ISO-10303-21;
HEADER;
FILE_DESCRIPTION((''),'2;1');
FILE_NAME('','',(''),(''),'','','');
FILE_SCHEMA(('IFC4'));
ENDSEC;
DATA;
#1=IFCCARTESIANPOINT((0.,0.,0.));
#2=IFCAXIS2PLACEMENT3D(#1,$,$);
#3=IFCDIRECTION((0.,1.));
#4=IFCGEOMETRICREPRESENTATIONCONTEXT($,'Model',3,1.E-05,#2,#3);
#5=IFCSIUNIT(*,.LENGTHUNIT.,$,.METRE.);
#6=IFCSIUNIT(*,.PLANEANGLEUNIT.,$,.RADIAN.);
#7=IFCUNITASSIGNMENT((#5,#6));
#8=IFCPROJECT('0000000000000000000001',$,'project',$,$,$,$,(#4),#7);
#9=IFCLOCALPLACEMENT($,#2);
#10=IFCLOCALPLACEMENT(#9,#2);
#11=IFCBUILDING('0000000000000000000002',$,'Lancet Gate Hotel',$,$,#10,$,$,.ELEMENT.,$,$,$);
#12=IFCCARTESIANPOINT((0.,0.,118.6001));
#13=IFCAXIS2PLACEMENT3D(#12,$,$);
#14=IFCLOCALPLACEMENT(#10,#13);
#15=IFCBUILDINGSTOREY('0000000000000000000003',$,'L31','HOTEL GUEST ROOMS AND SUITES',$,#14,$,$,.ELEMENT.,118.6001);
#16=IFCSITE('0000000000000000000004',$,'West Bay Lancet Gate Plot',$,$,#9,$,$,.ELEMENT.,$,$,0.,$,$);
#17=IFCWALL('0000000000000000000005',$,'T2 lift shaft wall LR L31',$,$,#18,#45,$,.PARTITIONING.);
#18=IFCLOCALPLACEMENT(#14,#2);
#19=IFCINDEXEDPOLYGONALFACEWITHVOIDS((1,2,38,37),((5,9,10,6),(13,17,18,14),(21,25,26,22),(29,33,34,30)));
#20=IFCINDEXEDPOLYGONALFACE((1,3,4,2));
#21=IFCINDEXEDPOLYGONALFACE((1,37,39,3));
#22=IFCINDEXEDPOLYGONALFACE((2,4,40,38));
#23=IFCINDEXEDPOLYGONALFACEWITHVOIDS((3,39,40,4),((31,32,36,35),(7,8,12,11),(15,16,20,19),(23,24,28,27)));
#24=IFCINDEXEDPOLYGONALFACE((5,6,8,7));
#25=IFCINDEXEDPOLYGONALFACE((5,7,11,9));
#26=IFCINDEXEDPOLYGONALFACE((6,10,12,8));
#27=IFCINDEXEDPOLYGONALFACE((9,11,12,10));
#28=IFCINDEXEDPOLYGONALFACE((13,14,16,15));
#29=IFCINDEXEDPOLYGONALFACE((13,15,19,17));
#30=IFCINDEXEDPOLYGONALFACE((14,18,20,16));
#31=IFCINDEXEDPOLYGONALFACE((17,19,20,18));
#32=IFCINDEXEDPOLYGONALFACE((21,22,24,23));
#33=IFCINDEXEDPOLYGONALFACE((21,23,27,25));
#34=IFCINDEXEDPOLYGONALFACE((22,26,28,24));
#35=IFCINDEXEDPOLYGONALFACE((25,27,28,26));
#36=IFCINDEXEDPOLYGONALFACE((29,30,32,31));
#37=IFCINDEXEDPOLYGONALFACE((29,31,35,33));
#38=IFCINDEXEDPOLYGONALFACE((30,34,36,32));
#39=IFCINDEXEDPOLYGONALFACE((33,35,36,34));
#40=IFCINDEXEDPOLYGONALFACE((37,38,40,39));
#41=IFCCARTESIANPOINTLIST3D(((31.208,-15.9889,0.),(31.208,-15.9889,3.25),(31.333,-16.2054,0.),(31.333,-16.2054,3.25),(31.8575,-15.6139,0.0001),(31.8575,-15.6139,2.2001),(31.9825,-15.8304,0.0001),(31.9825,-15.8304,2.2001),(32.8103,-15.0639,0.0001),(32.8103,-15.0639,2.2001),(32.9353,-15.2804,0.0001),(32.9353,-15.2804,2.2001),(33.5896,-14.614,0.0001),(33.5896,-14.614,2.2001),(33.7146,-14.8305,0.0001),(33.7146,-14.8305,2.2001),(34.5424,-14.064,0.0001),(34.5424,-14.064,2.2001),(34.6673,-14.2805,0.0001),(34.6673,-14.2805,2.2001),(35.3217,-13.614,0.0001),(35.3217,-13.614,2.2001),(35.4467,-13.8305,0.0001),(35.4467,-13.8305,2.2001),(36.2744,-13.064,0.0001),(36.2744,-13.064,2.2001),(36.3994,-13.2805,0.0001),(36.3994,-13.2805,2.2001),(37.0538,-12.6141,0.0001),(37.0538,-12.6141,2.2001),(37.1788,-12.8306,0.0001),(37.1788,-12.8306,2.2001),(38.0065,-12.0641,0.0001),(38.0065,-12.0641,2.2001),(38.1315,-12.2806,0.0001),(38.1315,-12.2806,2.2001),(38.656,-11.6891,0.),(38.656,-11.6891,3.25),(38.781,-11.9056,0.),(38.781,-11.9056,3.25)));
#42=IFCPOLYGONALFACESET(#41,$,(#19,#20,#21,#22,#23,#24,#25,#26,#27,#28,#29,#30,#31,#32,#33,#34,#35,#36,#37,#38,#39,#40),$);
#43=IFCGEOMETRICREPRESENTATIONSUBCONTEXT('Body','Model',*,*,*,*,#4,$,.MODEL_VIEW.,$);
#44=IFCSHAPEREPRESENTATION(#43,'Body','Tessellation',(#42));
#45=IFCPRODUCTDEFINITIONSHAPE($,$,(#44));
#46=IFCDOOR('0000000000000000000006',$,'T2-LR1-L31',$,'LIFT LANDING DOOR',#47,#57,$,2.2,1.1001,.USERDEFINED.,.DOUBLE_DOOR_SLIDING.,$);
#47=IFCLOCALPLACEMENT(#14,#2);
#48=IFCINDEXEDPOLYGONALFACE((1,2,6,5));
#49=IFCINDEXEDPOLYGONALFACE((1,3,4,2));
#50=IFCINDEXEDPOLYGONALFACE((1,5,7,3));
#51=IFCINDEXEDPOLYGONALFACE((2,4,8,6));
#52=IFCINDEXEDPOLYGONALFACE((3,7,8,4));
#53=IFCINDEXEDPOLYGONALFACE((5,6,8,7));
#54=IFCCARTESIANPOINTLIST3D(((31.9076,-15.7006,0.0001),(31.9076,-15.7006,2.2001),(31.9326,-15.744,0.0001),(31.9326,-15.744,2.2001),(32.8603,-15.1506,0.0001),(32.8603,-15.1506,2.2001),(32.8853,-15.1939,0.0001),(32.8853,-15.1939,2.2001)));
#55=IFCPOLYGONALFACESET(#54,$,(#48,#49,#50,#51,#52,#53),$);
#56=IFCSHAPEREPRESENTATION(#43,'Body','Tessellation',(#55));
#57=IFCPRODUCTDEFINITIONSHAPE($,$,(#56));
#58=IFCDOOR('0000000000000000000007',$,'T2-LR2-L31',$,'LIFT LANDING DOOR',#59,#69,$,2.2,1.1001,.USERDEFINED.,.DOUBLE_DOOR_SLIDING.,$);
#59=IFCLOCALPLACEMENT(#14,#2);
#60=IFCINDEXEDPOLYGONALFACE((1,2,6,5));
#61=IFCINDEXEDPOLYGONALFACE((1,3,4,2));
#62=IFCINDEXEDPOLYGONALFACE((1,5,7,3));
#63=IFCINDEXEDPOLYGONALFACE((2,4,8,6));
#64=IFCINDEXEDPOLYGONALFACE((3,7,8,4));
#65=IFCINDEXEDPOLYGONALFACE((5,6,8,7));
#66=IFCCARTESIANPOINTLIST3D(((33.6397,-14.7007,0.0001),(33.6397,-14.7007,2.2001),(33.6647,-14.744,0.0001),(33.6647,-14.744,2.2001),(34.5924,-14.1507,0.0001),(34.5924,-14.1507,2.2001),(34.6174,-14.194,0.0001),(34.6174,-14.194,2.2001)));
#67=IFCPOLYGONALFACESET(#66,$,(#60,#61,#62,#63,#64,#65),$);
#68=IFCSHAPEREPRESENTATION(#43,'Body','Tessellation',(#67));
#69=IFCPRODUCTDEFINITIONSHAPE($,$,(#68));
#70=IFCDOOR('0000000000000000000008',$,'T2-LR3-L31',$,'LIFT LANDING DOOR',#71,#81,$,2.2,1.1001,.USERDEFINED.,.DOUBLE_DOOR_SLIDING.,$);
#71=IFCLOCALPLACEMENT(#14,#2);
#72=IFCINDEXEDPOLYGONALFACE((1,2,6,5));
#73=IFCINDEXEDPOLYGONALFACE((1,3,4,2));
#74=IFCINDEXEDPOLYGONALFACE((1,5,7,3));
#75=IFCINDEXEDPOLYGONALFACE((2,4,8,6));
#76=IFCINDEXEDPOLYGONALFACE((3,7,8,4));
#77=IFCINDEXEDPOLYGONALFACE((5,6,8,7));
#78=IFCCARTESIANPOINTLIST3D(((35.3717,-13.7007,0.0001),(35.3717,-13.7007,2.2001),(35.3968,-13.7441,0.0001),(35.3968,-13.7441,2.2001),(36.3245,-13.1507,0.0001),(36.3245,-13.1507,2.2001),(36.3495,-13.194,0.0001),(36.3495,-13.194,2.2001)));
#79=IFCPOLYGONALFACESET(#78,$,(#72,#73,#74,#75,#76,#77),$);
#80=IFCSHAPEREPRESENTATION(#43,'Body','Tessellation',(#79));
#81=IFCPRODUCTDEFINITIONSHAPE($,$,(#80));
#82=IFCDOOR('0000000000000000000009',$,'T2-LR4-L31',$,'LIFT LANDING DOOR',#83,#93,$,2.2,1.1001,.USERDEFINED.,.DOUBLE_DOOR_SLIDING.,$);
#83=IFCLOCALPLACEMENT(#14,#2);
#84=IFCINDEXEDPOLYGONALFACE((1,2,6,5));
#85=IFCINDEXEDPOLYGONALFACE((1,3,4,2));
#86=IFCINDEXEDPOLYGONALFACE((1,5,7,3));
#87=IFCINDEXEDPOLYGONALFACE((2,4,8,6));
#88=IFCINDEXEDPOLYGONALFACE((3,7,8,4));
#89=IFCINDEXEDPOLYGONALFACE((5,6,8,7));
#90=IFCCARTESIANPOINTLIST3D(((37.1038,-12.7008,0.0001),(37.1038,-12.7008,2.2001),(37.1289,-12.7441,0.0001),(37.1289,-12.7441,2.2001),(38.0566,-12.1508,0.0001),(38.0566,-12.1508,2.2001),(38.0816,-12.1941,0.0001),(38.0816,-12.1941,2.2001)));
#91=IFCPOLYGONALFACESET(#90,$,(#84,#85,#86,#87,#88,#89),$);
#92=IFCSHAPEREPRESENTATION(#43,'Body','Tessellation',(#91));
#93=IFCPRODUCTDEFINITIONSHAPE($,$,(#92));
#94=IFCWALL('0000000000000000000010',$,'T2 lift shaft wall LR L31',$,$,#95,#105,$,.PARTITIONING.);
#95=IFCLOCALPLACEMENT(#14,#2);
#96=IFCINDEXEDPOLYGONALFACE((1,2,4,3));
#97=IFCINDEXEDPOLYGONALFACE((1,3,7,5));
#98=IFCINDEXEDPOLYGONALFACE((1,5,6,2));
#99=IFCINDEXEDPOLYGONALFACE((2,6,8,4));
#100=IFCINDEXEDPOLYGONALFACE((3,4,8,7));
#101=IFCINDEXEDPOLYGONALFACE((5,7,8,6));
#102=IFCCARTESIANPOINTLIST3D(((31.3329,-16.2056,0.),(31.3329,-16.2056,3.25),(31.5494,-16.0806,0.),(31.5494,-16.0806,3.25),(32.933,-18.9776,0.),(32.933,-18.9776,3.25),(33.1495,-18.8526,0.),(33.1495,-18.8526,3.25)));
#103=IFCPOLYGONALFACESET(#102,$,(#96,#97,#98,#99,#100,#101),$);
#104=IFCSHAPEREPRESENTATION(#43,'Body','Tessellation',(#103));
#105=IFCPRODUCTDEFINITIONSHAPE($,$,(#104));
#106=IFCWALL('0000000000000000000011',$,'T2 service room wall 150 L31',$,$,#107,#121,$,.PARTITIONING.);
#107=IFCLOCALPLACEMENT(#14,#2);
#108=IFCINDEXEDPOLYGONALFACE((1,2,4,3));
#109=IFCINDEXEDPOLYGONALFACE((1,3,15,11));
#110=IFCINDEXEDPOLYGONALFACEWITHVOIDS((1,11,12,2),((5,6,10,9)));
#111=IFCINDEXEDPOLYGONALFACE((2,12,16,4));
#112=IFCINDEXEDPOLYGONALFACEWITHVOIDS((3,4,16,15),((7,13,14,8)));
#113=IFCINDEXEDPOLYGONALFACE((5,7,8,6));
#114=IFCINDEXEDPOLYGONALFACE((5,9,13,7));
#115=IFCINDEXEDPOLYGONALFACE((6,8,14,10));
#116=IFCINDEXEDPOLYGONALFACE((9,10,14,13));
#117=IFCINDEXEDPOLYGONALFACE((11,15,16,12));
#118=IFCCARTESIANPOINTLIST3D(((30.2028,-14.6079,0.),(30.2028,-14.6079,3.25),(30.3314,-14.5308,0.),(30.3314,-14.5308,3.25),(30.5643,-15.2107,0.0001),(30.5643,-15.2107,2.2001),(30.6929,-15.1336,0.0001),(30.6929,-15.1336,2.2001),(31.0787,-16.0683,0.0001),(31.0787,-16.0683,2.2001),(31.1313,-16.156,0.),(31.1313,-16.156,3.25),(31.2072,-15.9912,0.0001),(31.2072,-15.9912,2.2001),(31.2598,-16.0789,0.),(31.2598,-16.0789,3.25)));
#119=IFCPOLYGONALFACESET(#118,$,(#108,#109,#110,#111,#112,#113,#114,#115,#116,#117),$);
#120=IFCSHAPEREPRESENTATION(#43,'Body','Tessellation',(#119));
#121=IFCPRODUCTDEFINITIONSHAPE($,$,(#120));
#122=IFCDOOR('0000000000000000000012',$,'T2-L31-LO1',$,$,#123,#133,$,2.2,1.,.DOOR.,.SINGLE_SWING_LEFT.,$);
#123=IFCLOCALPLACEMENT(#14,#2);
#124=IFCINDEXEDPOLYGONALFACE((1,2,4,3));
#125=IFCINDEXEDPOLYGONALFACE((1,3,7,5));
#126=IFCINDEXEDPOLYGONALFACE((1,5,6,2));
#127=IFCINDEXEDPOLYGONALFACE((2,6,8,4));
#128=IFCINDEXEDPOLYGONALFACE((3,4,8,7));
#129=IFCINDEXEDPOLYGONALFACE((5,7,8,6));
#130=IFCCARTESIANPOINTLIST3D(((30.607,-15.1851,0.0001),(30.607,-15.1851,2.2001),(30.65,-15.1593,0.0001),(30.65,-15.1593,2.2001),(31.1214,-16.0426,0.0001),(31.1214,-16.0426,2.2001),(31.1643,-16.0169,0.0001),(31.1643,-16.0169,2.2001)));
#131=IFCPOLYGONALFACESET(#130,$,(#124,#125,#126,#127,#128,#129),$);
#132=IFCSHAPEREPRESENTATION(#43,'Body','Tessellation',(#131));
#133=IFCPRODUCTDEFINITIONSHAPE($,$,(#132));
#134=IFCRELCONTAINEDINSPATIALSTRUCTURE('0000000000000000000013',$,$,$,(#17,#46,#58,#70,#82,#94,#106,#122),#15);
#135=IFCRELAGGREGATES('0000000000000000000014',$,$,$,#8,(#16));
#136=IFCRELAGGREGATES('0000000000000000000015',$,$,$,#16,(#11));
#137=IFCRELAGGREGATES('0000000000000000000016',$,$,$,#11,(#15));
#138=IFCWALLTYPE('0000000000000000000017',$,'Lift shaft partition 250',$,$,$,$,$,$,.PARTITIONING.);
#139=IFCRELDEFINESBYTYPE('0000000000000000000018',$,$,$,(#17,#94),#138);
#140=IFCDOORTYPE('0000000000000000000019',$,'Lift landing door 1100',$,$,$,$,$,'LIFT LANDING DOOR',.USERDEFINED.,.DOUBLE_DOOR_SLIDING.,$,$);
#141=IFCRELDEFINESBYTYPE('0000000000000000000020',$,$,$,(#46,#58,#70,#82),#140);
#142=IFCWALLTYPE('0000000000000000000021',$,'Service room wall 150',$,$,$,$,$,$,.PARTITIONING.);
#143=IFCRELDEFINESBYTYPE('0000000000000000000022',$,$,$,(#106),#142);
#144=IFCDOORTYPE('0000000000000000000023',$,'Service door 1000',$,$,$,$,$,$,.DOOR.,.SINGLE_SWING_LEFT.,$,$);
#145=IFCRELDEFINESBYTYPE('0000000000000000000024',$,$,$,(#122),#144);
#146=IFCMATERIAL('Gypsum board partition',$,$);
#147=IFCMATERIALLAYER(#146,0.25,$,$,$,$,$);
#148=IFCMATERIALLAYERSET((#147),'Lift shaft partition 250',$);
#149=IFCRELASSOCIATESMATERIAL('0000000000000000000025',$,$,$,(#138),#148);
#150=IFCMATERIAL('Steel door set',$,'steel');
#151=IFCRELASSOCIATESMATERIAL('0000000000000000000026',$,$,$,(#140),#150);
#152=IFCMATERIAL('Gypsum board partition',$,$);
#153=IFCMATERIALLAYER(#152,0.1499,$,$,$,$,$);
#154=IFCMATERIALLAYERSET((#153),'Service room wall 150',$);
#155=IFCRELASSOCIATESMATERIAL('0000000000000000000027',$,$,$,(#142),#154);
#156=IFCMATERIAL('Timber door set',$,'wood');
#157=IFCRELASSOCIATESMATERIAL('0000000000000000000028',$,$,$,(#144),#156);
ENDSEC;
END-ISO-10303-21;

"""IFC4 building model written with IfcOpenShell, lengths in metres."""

from ifc_helpers import new_model, si_unit, direction, frame, frame_2d, origin, place, context, subcontext, project, spatial, rectangle, extrude, material, layer, layer_set, type_object, element, fill, save


model = new_model("IFC4")

# Units and contexts
model_context = context("Model", 3, precision=1e-05, world=origin(), true_north=direction((0.0, 1.0)))
body_context = subcontext(model_context, "Body", "Model", "MODEL_VIEW")
ifc_project = project(units=[si_unit("LENGTHUNIT", "METRE"), si_unit("PLANEANGLEUNIT", "RADIAN")], contexts=[model_context])

# Site, building, storey
site_placement = place(None, origin())
site = spatial("IfcSite", under=ifc_project, at=site_placement, Name="West Bay Lancet Gate Plot", CompositionType="ELEMENT", RefElevation=0.0)
building_placement = place(site_placement, origin())
building = spatial("IfcBuilding", under=site, at=building_placement, Name="Lancet Gate Hotel", CompositionType="ELEMENT")
storey_placement = place(building_placement, frame((0.0, 0.0, 118.6001)))
storey = spatial("IfcBuildingStorey", under=building, at=storey_placement, Name="L31", Description="HOTEL GUEST ROOMS AND SUITES", CompositionType="ELEMENT", Elevation=118.6001)

# Wall, openings, doors
ifc_material_1 = material(Name="Gypsum board partition")
ifc_layer_1 = layer(ifc_material_1, 0.25)
ifc_layer_set_1 = layer_set([ifc_layer_1], Name="Lift shaft partition 250")
wall_type_1 = type_object("IfcWallType", Name="Lift shaft partition 250", PredefinedType="PARTITIONING", material=ifc_layer_set_1)
wall_1_placement = place(storey_placement, frame((31.2705, -16.0972, 0.0), z_axis=(0.0, 0.0, 1.0), x_axis=(0.86604, 0.499974, 0.0)))
wall_1 = element("IfcWall", 1, at=wall_1_placement, inside=storey, type_object=wall_type_1, Name="T2 lift shaft wall LR L31", PredefinedType="PARTITIONING", context=body_context, shape_type="SweptSolid", body=[
    extrude(rectangle(XDim=8.6001, YDim=0.25, at=frame_2d((4.3, 0.0))), origin(), (0.0, 0.0, 1.0), 3.25),
])
opening_1_placement = place(wall_1_placement, frame((0.75, 0.0, 0.0)))
opening_1 = element("IfcOpeningElement", 2, at=opening_1_placement, cuts=wall_1, PredefinedType="OPENING", context=body_context, shape_type="SweptSolid", body=[
    extrude(rectangle(XDim=1.1001, YDim=2.2, at=frame_2d((0.55, 1.1001))), frame((0.0, 0.135, 0.0), z_axis=(0.0, -1.0, 0.0), x_axis=(1.0, 0.0, 0.0)), (0.0, 0.0, 1.0), 0.27),
])
opening_2_placement = place(wall_1_placement, frame((2.75, 0.0, 0.0)))
opening_2 = element("IfcOpeningElement", 3, at=opening_2_placement, cuts=wall_1, PredefinedType="OPENING", context=body_context, shape_type="SweptSolid", body=[
    extrude(rectangle(XDim=1.1001, YDim=2.2, at=frame_2d((0.55, 1.1001))), frame((0.0, 0.135, 0.0), z_axis=(0.0, -1.0, 0.0), x_axis=(1.0, 0.0, 0.0)), (0.0, 0.0, 1.0), 0.27),
])
opening_3_placement = place(wall_1_placement, frame((4.75, 0.0, 0.0)))
opening_3 = element("IfcOpeningElement", 4, at=opening_3_placement, cuts=wall_1, PredefinedType="OPENING", context=body_context, shape_type="SweptSolid", body=[
    extrude(rectangle(XDim=1.1001, YDim=2.2, at=frame_2d((0.55, 1.1001))), frame((0.0, 0.135, 0.0), z_axis=(0.0, -1.0, 0.0), x_axis=(1.0, 0.0, 0.0)), (0.0, 0.0, 1.0), 0.27),
])
opening_4_placement = place(wall_1_placement, frame((6.75, 0.0, 0.0)))
opening_4 = element("IfcOpeningElement", 5, at=opening_4_placement, cuts=wall_1, PredefinedType="OPENING", context=body_context, shape_type="SweptSolid", body=[
    extrude(rectangle(XDim=1.1001, YDim=2.2, at=frame_2d((0.55, 1.1001))), frame((0.0, 0.135, 0.0), z_axis=(0.0, -1.0, 0.0), x_axis=(1.0, 0.0, 0.0)), (0.0, 0.0, 1.0), 0.27),
])
ifc_material_2 = material(Name="Steel door set", Category="steel")
door_type_1 = type_object("IfcDoorType", Name="Lift landing door 1100", ElementType="LIFT LANDING DOOR", OperationType="DOUBLE_DOOR_SLIDING", PredefinedType="USERDEFINED", material=ifc_material_2)
door_1_placement = place(opening_1_placement, origin())
door_1 = element("IfcDoor", 6, at=door_1_placement, inside=storey, type_object=door_type_1, Name="T2-LR1-L31", ObjectType="LIFT LANDING DOOR", OperationType="DOUBLE_DOOR_SLIDING", OverallHeight=2.2, OverallWidth=1.1001, PredefinedType="USERDEFINED", context=body_context, shape_type="SweptSolid", body=[
    extrude(rectangle(XDim=1.1001, YDim=2.2, at=frame_2d((0.55, 1.1001))), frame((0.0, 0.0249, 0.0), z_axis=(0.0, -1.0, 0.0), x_axis=(1.0, 0.0, 0.0)), (0.0, 0.0, 1.0), 0.05),
])
fill(opening_1, door_1)
door_2_placement = place(opening_2_placement, origin())
door_2 = element("IfcDoor", 7, at=door_2_placement, inside=storey, type_object=door_type_1, Name="T2-LR2-L31", ObjectType="LIFT LANDING DOOR", OperationType="DOUBLE_DOOR_SLIDING", OverallHeight=2.2, OverallWidth=1.1001, PredefinedType="USERDEFINED", context=body_context, shape_type="SweptSolid", body=[
    extrude(rectangle(XDim=1.1001, YDim=2.2, at=frame_2d((0.55, 1.1001))), frame((0.0, 0.0249, 0.0), z_axis=(0.0, -1.0, 0.0), x_axis=(1.0, 0.0, 0.0)), (0.0, 0.0, 1.0), 0.05),
])
fill(opening_2, door_2)
door_3_placement = place(opening_3_placement, origin())
door_3 = element("IfcDoor", 8, at=door_3_placement, inside=storey, type_object=door_type_1, Name="T2-LR3-L31", ObjectType="LIFT LANDING DOOR", OperationType="DOUBLE_DOOR_SLIDING", OverallHeight=2.2, OverallWidth=1.1001, PredefinedType="USERDEFINED", context=body_context, shape_type="SweptSolid", body=[
    extrude(rectangle(XDim=1.1001, YDim=2.2, at=frame_2d((0.55, 1.1001))), frame((0.0, 0.0249, 0.0), z_axis=(0.0, -1.0, 0.0), x_axis=(1.0, 0.0, 0.0)), (0.0, 0.0, 1.0), 0.05),
])
fill(opening_3, door_3)
door_4_placement = place(opening_4_placement, origin())
door_4 = element("IfcDoor", 9, at=door_4_placement, inside=storey, type_object=door_type_1, Name="T2-LR4-L31", ObjectType="LIFT LANDING DOOR", OperationType="DOUBLE_DOOR_SLIDING", OverallHeight=2.2, OverallWidth=1.1001, PredefinedType="USERDEFINED", context=body_context, shape_type="SweptSolid", body=[
    extrude(rectangle(XDim=1.1001, YDim=2.2, at=frame_2d((0.55, 1.1001))), frame((0.0, 0.0249, 0.0), z_axis=(0.0, -1.0, 0.0), x_axis=(1.0, 0.0, 0.0)), (0.0, 0.0, 1.0), 0.05),
])
fill(opening_4, door_4)

# Wall
wall_2_placement = place(storey_placement, frame((31.4412, -16.1431, 0.0), z_axis=(0.0, 0.0, 1.0), x_axis=(0.499929, -0.866066, 0.0)))
element("IfcWall", 10, at=wall_2_placement, inside=storey, type_object=wall_type_1, Name="T2 lift shaft wall LR L31", PredefinedType="PARTITIONING", context=body_context, shape_type="SweptSolid", body=[
    extrude(rectangle(XDim=3.2007, YDim=0.25, at=frame_2d((1.6003, 0.0))), origin(), (0.0, 0.0, 1.0), 3.25),
])

# Wall, opening, door
ifc_material_3 = material(Name="Gypsum board partition")
ifc_layer_2 = layer(ifc_material_3, 0.1499)
ifc_layer_set_2 = layer_set([ifc_layer_2], Name="Service room wall 150")
wall_type_2 = type_object("IfcWallType", Name="Service room wall 150", PredefinedType="PARTITIONING", material=ifc_layer_set_2)
wall_3_placement = place(storey_placement, frame((30.2671, -14.5693, 0.0), z_axis=(0.0, 0.0, 1.0), x_axis=(0.514337, -0.857588, 0.0)))
wall_3 = element("IfcWall", 11, at=wall_3_placement, inside=storey, type_object=wall_type_2, Name="T2 service room wall 150 L31", PredefinedType="PARTITIONING", context=body_context, shape_type="SweptSolid", body=[
    extrude(rectangle(XDim=1.8052, YDim=0.1499, at=frame_2d((0.9026, 0.0))), origin(), (0.0, 0.0, 1.0), 3.25),
])
opening_5_placement = place(wall_3_placement, frame((0.7029, 0.0, 0.0)))
opening_5 = element("IfcOpeningElement", 12, at=opening_5_placement, cuts=wall_3, PredefinedType="OPENING", context=body_context, shape_type="SweptSolid", body=[
    extrude(rectangle(XDim=1.0, YDim=2.2, at=frame_2d((0.5, 1.1001))), frame((0.0, 0.085, 0.0), z_axis=(0.0, -1.0, 0.0), x_axis=(1.0, 0.0, 0.0)), (0.0, 0.0, 1.0), 0.1699),
])
ifc_material_4 = material(Name="Timber door set", Category="wood")
door_type_2 = type_object("IfcDoorType", Name="Service door 1000", OperationType="SINGLE_SWING_LEFT", PredefinedType="DOOR", material=ifc_material_4)
door_5_placement = place(opening_5_placement, origin())
door_5 = element("IfcDoor", 13, at=door_5_placement, inside=storey, type_object=door_type_2, Name="T2-L31-LO1", OperationType="SINGLE_SWING_LEFT", OverallHeight=2.2, OverallWidth=1.0, PredefinedType="DOOR", context=body_context, shape_type="SweptSolid", body=[
    extrude(rectangle(XDim=1.0, YDim=2.2, at=frame_2d((0.5, 1.1001))), frame((0.0, 0.0249, 0.0), z_axis=(0.0, -1.0, 0.0), x_axis=(1.0, 0.0, 0.0)), (0.0, 0.0, 1.0), 0.05),
])
fill(opening_5, door_5)

save(model, "model.ifc")
